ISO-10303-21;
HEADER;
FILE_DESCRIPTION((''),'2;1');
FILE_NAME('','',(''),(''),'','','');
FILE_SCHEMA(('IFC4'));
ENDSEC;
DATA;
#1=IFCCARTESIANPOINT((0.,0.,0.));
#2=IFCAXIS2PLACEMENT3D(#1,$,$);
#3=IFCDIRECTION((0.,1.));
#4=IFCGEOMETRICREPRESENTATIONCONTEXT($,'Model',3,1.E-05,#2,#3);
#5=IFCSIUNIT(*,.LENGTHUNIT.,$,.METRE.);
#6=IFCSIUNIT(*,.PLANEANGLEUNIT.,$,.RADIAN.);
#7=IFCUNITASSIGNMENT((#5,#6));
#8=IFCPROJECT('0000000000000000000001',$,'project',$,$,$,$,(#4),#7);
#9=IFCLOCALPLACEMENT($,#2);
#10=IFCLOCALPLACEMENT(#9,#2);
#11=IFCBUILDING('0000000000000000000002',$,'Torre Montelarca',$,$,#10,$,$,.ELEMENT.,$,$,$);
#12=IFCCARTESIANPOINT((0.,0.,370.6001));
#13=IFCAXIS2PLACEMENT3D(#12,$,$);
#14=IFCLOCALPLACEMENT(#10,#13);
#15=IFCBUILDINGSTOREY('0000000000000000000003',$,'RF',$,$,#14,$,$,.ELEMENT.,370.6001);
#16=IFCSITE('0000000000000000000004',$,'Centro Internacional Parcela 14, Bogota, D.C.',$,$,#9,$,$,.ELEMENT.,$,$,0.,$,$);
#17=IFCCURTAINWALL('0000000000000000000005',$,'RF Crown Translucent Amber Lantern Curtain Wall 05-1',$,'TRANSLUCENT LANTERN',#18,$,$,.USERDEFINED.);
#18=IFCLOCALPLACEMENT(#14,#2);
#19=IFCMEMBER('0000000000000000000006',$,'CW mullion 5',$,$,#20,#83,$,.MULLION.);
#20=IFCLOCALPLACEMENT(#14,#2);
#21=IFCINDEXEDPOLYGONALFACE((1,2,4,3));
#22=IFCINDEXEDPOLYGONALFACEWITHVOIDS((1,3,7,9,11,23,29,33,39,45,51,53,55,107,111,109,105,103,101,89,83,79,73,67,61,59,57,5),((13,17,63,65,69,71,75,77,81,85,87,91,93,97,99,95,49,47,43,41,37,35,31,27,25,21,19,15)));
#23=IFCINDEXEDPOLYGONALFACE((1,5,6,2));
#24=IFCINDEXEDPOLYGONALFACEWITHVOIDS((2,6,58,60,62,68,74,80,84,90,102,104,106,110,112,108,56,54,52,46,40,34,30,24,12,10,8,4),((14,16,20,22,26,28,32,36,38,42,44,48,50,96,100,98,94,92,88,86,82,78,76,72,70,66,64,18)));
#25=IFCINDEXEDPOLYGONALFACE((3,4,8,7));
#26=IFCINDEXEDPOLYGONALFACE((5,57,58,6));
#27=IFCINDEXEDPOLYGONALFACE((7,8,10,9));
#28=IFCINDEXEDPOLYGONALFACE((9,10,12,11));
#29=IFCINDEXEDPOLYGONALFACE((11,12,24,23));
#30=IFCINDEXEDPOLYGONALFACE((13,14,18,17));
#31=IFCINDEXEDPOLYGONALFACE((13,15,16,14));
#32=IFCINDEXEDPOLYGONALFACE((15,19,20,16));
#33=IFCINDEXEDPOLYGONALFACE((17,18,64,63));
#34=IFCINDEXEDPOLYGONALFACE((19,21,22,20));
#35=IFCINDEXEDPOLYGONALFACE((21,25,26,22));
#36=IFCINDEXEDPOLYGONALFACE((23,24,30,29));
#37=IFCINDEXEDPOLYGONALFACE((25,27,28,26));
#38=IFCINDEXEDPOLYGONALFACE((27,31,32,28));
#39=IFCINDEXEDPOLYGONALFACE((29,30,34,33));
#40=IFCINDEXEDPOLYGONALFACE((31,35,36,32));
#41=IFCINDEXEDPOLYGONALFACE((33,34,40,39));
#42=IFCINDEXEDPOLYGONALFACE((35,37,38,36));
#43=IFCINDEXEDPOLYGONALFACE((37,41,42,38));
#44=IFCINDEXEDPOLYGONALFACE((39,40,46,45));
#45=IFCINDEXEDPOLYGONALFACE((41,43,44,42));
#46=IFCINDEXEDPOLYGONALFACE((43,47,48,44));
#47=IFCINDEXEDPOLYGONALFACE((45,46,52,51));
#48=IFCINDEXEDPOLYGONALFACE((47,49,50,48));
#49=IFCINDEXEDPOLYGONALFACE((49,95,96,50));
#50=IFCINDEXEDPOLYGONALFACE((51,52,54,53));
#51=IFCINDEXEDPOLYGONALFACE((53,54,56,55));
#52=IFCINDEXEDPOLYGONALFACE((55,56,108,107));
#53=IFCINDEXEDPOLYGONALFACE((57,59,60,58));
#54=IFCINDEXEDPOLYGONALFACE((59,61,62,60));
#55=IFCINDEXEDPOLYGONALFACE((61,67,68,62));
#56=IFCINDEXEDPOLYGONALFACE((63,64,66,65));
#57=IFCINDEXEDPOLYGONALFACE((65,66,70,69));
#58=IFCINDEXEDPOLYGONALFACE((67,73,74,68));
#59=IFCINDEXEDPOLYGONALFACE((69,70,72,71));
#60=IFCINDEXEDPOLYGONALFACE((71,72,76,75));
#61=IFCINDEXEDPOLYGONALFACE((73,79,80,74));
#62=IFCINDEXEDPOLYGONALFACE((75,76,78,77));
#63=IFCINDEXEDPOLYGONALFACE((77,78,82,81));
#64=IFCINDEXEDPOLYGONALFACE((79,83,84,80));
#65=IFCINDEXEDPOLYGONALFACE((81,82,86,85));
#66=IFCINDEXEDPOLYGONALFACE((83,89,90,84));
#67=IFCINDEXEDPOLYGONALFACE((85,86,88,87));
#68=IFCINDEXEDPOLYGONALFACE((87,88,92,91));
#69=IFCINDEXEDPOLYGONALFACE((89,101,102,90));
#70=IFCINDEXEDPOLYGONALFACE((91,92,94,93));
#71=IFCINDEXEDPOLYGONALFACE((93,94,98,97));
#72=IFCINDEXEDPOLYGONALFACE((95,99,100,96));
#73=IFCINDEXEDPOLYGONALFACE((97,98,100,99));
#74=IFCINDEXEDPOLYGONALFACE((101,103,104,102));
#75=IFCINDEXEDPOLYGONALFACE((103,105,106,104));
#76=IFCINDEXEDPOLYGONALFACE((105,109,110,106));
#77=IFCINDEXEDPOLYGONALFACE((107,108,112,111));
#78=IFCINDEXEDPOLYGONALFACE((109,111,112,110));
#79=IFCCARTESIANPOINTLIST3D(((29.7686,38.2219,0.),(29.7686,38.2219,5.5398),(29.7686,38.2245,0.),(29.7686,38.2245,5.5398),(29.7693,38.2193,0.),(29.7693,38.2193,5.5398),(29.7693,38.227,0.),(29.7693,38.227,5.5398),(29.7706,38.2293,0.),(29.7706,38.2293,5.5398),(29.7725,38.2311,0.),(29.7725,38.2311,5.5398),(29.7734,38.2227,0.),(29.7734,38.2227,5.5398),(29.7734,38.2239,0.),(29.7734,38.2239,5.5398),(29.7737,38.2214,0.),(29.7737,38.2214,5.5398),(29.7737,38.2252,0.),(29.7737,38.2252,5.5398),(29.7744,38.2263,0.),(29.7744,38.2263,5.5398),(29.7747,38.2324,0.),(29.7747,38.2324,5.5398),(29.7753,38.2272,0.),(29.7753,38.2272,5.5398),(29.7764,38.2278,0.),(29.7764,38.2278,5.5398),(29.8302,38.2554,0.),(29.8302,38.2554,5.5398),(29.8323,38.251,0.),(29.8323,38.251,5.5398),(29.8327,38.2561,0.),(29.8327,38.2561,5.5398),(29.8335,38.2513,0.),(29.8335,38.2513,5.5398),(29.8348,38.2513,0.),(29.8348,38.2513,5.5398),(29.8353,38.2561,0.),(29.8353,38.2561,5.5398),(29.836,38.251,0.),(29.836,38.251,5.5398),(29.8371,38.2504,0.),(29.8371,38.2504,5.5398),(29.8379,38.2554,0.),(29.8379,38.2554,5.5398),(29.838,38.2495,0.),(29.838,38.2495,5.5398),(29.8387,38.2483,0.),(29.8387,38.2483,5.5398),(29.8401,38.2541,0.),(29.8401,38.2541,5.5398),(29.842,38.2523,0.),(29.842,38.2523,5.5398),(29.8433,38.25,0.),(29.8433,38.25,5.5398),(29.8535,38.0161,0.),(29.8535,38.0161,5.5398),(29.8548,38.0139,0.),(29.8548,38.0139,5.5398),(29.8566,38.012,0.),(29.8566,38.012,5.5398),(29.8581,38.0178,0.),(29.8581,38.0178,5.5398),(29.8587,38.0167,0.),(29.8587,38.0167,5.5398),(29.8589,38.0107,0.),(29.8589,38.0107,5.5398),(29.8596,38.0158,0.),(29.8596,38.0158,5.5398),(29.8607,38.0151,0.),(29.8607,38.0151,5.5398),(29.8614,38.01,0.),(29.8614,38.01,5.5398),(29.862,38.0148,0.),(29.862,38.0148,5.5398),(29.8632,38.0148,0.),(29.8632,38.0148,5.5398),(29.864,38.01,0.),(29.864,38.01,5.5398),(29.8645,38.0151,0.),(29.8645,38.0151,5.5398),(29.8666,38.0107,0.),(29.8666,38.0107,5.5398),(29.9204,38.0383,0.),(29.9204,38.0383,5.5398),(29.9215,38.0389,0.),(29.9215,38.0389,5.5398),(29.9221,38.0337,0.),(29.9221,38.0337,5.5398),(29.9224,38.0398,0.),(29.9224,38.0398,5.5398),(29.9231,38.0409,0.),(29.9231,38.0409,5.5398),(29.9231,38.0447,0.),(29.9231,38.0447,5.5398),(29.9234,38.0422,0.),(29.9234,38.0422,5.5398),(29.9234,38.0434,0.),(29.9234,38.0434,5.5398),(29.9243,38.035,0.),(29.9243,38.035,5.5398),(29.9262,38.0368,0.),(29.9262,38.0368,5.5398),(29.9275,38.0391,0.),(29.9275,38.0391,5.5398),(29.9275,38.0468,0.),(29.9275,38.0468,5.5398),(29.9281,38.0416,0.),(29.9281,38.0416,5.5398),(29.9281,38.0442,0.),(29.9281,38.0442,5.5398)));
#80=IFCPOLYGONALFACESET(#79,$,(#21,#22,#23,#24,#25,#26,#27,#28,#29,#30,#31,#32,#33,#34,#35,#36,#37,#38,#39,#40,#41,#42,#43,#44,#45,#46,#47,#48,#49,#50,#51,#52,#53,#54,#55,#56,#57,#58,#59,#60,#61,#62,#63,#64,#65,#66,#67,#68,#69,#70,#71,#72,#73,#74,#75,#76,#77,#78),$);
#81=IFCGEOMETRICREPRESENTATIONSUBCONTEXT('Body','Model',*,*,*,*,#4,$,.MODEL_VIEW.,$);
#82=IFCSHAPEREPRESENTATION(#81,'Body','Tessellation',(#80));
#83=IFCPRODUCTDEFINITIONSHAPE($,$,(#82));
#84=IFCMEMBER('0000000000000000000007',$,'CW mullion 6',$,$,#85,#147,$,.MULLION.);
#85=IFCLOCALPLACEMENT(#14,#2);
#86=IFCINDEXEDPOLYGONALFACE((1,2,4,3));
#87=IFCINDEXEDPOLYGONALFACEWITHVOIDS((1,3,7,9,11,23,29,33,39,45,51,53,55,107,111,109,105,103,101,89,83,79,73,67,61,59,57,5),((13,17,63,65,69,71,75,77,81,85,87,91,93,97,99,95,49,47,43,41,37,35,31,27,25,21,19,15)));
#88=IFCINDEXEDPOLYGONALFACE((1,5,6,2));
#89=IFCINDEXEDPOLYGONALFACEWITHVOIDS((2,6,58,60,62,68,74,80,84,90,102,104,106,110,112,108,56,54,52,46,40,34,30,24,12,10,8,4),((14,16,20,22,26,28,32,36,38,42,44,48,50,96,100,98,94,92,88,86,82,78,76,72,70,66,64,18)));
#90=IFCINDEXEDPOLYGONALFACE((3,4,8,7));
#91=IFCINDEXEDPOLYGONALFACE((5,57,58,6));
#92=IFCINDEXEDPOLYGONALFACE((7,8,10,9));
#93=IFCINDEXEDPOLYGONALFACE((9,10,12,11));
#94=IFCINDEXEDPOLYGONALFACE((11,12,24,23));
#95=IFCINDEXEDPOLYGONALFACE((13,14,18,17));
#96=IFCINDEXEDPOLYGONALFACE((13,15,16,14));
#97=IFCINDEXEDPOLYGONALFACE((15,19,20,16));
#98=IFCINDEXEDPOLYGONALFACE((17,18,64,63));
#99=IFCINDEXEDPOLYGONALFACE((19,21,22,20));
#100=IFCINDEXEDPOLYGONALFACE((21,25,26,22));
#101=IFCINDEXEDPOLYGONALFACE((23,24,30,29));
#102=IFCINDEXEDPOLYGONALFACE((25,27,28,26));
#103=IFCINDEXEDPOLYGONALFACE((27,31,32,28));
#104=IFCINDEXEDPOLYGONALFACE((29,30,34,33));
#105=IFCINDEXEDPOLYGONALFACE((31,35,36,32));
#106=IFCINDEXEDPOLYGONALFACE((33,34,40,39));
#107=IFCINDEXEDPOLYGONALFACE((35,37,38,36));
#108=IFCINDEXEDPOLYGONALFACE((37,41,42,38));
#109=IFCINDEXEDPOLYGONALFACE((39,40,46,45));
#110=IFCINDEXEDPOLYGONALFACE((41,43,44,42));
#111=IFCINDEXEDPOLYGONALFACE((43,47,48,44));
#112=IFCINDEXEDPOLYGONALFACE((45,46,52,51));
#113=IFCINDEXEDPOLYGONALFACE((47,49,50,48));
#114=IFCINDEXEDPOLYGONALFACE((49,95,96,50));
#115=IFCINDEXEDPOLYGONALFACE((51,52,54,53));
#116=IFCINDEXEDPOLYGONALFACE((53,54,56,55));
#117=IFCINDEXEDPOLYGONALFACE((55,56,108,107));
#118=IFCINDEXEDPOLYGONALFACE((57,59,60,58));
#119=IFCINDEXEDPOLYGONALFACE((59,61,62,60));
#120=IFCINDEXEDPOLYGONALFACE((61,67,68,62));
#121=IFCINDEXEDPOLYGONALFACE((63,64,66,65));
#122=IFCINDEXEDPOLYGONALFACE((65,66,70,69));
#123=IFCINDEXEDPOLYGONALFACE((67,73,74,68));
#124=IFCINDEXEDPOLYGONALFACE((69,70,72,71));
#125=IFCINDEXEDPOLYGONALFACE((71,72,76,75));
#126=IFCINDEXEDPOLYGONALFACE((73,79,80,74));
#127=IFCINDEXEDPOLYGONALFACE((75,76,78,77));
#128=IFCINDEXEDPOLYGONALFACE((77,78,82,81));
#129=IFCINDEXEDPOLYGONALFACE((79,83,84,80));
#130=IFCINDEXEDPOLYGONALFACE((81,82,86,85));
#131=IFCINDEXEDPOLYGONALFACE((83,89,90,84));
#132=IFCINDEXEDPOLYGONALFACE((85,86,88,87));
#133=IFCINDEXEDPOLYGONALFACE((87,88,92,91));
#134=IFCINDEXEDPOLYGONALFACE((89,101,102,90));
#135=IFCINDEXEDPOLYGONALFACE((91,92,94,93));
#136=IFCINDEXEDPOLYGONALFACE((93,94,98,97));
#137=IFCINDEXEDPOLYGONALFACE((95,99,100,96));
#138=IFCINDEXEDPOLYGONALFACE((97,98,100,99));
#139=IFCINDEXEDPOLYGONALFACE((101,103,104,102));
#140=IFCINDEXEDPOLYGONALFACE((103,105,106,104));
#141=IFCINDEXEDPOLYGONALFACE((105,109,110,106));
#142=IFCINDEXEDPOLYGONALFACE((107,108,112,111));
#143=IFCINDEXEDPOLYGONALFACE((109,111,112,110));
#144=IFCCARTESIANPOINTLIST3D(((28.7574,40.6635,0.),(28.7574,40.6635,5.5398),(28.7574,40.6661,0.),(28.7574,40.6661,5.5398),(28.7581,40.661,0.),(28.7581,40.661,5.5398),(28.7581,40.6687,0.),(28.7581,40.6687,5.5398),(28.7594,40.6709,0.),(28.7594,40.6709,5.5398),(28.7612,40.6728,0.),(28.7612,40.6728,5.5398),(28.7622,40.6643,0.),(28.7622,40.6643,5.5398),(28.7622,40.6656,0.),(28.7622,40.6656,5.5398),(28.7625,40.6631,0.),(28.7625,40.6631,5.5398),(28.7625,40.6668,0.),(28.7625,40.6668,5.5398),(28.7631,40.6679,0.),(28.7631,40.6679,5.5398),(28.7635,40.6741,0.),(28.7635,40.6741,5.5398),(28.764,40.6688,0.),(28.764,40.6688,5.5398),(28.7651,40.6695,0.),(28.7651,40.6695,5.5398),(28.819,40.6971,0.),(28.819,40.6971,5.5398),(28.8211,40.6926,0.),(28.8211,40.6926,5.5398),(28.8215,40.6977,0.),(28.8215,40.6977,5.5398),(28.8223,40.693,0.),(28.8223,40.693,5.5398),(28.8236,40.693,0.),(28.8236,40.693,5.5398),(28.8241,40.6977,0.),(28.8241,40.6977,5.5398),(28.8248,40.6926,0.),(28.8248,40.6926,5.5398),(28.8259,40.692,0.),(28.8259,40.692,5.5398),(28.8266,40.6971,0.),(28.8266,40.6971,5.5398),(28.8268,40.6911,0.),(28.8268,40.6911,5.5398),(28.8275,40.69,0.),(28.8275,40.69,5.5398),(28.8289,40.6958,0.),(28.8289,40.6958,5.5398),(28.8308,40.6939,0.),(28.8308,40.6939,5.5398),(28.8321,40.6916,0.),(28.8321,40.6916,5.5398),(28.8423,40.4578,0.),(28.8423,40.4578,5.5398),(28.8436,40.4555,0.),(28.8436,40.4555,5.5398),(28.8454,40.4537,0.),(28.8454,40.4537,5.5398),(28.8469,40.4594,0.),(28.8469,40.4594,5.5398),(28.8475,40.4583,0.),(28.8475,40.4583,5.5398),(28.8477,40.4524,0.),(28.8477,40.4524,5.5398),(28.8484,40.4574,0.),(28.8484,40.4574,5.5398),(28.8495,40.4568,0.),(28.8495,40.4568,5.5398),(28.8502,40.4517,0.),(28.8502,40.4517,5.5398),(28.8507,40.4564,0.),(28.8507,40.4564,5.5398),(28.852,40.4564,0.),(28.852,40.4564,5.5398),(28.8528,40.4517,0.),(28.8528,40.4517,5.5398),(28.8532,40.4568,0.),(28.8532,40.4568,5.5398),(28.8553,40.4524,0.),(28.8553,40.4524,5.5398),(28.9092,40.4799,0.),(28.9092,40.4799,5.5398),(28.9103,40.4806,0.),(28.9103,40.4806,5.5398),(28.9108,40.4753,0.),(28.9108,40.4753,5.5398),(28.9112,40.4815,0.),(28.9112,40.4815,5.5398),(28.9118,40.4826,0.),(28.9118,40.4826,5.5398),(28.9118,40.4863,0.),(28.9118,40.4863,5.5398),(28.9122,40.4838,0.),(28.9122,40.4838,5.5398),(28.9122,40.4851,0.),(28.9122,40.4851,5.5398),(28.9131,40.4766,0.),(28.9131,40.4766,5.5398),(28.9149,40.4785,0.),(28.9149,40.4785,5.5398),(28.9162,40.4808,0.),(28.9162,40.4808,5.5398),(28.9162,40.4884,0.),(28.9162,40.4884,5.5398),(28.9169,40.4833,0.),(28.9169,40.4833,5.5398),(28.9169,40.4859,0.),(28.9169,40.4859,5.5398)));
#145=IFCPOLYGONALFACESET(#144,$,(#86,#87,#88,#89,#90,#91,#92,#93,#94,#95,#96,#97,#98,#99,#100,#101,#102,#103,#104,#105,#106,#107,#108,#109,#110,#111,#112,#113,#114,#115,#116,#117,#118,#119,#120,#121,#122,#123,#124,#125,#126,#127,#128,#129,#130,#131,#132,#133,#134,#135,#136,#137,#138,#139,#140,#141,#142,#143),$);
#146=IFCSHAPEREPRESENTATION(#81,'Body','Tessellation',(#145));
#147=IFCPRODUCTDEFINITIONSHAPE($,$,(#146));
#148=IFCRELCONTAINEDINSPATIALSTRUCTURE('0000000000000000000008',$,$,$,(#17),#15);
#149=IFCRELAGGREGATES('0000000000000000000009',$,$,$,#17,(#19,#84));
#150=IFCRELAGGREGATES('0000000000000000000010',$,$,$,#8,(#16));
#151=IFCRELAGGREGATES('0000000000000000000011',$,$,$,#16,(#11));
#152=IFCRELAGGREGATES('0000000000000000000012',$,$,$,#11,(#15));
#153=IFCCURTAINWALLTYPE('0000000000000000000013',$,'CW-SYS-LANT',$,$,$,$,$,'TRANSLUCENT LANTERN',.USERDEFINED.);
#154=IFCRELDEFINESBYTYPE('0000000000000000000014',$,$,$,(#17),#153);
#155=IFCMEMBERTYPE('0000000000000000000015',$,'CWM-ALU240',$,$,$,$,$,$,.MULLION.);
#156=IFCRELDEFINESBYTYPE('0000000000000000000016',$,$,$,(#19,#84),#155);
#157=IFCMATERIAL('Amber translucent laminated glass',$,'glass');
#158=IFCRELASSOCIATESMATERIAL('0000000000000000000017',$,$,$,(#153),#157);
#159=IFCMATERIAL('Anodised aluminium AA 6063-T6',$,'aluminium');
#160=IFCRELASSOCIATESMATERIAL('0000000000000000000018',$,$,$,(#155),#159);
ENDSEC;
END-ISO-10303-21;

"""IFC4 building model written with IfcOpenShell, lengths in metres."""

from ifc_helpers import new_model, si_unit, direction, frame, origin, origin_2d, place, context, subcontext, project, spatial, hollow_rectangle, extrude, source, transform, mapped, material, material_profile, profile_set, type_object, element, aggregate, save


model = new_model("IFC4")

# Units and contexts
model_context = context("Model", 3, precision=1e-05, world=origin(), true_north=direction((0.0, 1.0)))
body_context = subcontext(model_context, "Body", "Model", "MODEL_VIEW")
ifc_project = project(units=[si_unit("LENGTHUNIT", "METRE"), si_unit("PLANEANGLEUNIT", "RADIAN")], contexts=[model_context])

# Site, building, storey
site_placement = place(None, origin())
site = spatial("IfcSite", under=ifc_project, at=site_placement, Name="Centro Internacional Parcela 14, Bogota, D.C.", CompositionType="ELEMENT", RefElevation=0.0)
building_placement = place(site_placement, origin())
building = spatial("IfcBuilding", under=site, at=building_placement, Name="Torre Montelarca", CompositionType="ELEMENT")
storey_placement = place(building_placement, frame((0.0, 0.0, 370.6001)))
storey = spatial("IfcBuildingStorey", under=building, at=storey_placement, Name="RF", CompositionType="ELEMENT", Elevation=370.6001)

# Curtain wall, members
ifc_material_1 = material(Name="Amber translucent laminated glass", Category="glass")
curtain_wall_type = type_object("IfcCurtainWallType", Name="CW-SYS-LANT", ElementType="TRANSLUCENT LANTERN", PredefinedType="USERDEFINED", material=ifc_material_1)
curtain_wall_placement = place(storey_placement, origin())
curtain_wall = element("IfcCurtainWall", 1, at=curtain_wall_placement, inside=storey, type_object=curtain_wall_type, Name="RF Crown Translucent Amber Lantern Curtain Wall 05-1", ObjectType="TRANSLUCENT LANTERN", PredefinedType="USERDEFINED")
ifc_material_2 = material(Name="Anodised aluminium AA 6063-T6", Category="aluminium")
ifc_material_profile_1 = material_profile(ifc_material_2, hollow_rectangle(XDim=0.0801, YDim=0.24, WallThickness=0.0049, InnerFilletRadius=0.0049, OuterFilletRadius=0.01, at=origin_2d()), Name="ALU80X240X5", Category="aluminium")
ifc_profile_set_1 = profile_set([ifc_material_profile_1], Name="Anodised aluminium AA 6063-T6")
member_type_1 = type_object("IfcMemberType", Name="CWM-ALU240", PredefinedType="MULLION", material=ifc_profile_set_1)
shared_shape_1 = source(origin(), body_context, "Body", "SweptSolid", [
    extrude(hollow_rectangle(XDim=0.0801, YDim=0.24, WallThickness=0.0049, InnerFilletRadius=0.0049, OuterFilletRadius=0.01, at=origin_2d()), origin(), (0.0, 0.0, 1.0), 5.5398),
])
member_1_placement = place(storey_placement, frame((29.8484, 38.1331, 0.0), z_axis=(0.0, 0.0, 1.0), x_axis=(-0.923878, -0.382687, 0.0)))
member_1 = element("IfcMember", 2, at=member_1_placement, type_object=member_type_1, Name="CW mullion 5", PredefinedType="MULLION", context=body_context, shape_type="MappedRepresentation", body=[
    mapped(shared_shape_1, transform((0.0, 0.0, 0.0), scale=1.0)),
])
member_2_placement = place(storey_placement, frame((28.8372, 40.5747, 0.0), z_axis=(0.0, 0.0, 1.0), x_axis=(-0.923878, -0.382687, 0.0)))
member_2 = element("IfcMember", 3, at=member_2_placement, type_object=member_type_1, Name="CW mullion 6", PredefinedType="MULLION", context=body_context, shape_type="MappedRepresentation", body=[
    mapped(shared_shape_1, transform((0.0, 0.0, 0.0), scale=1.0)),
])
aggregate(curtain_wall, [member_1, member_2])

save(model, "model.ifc")
